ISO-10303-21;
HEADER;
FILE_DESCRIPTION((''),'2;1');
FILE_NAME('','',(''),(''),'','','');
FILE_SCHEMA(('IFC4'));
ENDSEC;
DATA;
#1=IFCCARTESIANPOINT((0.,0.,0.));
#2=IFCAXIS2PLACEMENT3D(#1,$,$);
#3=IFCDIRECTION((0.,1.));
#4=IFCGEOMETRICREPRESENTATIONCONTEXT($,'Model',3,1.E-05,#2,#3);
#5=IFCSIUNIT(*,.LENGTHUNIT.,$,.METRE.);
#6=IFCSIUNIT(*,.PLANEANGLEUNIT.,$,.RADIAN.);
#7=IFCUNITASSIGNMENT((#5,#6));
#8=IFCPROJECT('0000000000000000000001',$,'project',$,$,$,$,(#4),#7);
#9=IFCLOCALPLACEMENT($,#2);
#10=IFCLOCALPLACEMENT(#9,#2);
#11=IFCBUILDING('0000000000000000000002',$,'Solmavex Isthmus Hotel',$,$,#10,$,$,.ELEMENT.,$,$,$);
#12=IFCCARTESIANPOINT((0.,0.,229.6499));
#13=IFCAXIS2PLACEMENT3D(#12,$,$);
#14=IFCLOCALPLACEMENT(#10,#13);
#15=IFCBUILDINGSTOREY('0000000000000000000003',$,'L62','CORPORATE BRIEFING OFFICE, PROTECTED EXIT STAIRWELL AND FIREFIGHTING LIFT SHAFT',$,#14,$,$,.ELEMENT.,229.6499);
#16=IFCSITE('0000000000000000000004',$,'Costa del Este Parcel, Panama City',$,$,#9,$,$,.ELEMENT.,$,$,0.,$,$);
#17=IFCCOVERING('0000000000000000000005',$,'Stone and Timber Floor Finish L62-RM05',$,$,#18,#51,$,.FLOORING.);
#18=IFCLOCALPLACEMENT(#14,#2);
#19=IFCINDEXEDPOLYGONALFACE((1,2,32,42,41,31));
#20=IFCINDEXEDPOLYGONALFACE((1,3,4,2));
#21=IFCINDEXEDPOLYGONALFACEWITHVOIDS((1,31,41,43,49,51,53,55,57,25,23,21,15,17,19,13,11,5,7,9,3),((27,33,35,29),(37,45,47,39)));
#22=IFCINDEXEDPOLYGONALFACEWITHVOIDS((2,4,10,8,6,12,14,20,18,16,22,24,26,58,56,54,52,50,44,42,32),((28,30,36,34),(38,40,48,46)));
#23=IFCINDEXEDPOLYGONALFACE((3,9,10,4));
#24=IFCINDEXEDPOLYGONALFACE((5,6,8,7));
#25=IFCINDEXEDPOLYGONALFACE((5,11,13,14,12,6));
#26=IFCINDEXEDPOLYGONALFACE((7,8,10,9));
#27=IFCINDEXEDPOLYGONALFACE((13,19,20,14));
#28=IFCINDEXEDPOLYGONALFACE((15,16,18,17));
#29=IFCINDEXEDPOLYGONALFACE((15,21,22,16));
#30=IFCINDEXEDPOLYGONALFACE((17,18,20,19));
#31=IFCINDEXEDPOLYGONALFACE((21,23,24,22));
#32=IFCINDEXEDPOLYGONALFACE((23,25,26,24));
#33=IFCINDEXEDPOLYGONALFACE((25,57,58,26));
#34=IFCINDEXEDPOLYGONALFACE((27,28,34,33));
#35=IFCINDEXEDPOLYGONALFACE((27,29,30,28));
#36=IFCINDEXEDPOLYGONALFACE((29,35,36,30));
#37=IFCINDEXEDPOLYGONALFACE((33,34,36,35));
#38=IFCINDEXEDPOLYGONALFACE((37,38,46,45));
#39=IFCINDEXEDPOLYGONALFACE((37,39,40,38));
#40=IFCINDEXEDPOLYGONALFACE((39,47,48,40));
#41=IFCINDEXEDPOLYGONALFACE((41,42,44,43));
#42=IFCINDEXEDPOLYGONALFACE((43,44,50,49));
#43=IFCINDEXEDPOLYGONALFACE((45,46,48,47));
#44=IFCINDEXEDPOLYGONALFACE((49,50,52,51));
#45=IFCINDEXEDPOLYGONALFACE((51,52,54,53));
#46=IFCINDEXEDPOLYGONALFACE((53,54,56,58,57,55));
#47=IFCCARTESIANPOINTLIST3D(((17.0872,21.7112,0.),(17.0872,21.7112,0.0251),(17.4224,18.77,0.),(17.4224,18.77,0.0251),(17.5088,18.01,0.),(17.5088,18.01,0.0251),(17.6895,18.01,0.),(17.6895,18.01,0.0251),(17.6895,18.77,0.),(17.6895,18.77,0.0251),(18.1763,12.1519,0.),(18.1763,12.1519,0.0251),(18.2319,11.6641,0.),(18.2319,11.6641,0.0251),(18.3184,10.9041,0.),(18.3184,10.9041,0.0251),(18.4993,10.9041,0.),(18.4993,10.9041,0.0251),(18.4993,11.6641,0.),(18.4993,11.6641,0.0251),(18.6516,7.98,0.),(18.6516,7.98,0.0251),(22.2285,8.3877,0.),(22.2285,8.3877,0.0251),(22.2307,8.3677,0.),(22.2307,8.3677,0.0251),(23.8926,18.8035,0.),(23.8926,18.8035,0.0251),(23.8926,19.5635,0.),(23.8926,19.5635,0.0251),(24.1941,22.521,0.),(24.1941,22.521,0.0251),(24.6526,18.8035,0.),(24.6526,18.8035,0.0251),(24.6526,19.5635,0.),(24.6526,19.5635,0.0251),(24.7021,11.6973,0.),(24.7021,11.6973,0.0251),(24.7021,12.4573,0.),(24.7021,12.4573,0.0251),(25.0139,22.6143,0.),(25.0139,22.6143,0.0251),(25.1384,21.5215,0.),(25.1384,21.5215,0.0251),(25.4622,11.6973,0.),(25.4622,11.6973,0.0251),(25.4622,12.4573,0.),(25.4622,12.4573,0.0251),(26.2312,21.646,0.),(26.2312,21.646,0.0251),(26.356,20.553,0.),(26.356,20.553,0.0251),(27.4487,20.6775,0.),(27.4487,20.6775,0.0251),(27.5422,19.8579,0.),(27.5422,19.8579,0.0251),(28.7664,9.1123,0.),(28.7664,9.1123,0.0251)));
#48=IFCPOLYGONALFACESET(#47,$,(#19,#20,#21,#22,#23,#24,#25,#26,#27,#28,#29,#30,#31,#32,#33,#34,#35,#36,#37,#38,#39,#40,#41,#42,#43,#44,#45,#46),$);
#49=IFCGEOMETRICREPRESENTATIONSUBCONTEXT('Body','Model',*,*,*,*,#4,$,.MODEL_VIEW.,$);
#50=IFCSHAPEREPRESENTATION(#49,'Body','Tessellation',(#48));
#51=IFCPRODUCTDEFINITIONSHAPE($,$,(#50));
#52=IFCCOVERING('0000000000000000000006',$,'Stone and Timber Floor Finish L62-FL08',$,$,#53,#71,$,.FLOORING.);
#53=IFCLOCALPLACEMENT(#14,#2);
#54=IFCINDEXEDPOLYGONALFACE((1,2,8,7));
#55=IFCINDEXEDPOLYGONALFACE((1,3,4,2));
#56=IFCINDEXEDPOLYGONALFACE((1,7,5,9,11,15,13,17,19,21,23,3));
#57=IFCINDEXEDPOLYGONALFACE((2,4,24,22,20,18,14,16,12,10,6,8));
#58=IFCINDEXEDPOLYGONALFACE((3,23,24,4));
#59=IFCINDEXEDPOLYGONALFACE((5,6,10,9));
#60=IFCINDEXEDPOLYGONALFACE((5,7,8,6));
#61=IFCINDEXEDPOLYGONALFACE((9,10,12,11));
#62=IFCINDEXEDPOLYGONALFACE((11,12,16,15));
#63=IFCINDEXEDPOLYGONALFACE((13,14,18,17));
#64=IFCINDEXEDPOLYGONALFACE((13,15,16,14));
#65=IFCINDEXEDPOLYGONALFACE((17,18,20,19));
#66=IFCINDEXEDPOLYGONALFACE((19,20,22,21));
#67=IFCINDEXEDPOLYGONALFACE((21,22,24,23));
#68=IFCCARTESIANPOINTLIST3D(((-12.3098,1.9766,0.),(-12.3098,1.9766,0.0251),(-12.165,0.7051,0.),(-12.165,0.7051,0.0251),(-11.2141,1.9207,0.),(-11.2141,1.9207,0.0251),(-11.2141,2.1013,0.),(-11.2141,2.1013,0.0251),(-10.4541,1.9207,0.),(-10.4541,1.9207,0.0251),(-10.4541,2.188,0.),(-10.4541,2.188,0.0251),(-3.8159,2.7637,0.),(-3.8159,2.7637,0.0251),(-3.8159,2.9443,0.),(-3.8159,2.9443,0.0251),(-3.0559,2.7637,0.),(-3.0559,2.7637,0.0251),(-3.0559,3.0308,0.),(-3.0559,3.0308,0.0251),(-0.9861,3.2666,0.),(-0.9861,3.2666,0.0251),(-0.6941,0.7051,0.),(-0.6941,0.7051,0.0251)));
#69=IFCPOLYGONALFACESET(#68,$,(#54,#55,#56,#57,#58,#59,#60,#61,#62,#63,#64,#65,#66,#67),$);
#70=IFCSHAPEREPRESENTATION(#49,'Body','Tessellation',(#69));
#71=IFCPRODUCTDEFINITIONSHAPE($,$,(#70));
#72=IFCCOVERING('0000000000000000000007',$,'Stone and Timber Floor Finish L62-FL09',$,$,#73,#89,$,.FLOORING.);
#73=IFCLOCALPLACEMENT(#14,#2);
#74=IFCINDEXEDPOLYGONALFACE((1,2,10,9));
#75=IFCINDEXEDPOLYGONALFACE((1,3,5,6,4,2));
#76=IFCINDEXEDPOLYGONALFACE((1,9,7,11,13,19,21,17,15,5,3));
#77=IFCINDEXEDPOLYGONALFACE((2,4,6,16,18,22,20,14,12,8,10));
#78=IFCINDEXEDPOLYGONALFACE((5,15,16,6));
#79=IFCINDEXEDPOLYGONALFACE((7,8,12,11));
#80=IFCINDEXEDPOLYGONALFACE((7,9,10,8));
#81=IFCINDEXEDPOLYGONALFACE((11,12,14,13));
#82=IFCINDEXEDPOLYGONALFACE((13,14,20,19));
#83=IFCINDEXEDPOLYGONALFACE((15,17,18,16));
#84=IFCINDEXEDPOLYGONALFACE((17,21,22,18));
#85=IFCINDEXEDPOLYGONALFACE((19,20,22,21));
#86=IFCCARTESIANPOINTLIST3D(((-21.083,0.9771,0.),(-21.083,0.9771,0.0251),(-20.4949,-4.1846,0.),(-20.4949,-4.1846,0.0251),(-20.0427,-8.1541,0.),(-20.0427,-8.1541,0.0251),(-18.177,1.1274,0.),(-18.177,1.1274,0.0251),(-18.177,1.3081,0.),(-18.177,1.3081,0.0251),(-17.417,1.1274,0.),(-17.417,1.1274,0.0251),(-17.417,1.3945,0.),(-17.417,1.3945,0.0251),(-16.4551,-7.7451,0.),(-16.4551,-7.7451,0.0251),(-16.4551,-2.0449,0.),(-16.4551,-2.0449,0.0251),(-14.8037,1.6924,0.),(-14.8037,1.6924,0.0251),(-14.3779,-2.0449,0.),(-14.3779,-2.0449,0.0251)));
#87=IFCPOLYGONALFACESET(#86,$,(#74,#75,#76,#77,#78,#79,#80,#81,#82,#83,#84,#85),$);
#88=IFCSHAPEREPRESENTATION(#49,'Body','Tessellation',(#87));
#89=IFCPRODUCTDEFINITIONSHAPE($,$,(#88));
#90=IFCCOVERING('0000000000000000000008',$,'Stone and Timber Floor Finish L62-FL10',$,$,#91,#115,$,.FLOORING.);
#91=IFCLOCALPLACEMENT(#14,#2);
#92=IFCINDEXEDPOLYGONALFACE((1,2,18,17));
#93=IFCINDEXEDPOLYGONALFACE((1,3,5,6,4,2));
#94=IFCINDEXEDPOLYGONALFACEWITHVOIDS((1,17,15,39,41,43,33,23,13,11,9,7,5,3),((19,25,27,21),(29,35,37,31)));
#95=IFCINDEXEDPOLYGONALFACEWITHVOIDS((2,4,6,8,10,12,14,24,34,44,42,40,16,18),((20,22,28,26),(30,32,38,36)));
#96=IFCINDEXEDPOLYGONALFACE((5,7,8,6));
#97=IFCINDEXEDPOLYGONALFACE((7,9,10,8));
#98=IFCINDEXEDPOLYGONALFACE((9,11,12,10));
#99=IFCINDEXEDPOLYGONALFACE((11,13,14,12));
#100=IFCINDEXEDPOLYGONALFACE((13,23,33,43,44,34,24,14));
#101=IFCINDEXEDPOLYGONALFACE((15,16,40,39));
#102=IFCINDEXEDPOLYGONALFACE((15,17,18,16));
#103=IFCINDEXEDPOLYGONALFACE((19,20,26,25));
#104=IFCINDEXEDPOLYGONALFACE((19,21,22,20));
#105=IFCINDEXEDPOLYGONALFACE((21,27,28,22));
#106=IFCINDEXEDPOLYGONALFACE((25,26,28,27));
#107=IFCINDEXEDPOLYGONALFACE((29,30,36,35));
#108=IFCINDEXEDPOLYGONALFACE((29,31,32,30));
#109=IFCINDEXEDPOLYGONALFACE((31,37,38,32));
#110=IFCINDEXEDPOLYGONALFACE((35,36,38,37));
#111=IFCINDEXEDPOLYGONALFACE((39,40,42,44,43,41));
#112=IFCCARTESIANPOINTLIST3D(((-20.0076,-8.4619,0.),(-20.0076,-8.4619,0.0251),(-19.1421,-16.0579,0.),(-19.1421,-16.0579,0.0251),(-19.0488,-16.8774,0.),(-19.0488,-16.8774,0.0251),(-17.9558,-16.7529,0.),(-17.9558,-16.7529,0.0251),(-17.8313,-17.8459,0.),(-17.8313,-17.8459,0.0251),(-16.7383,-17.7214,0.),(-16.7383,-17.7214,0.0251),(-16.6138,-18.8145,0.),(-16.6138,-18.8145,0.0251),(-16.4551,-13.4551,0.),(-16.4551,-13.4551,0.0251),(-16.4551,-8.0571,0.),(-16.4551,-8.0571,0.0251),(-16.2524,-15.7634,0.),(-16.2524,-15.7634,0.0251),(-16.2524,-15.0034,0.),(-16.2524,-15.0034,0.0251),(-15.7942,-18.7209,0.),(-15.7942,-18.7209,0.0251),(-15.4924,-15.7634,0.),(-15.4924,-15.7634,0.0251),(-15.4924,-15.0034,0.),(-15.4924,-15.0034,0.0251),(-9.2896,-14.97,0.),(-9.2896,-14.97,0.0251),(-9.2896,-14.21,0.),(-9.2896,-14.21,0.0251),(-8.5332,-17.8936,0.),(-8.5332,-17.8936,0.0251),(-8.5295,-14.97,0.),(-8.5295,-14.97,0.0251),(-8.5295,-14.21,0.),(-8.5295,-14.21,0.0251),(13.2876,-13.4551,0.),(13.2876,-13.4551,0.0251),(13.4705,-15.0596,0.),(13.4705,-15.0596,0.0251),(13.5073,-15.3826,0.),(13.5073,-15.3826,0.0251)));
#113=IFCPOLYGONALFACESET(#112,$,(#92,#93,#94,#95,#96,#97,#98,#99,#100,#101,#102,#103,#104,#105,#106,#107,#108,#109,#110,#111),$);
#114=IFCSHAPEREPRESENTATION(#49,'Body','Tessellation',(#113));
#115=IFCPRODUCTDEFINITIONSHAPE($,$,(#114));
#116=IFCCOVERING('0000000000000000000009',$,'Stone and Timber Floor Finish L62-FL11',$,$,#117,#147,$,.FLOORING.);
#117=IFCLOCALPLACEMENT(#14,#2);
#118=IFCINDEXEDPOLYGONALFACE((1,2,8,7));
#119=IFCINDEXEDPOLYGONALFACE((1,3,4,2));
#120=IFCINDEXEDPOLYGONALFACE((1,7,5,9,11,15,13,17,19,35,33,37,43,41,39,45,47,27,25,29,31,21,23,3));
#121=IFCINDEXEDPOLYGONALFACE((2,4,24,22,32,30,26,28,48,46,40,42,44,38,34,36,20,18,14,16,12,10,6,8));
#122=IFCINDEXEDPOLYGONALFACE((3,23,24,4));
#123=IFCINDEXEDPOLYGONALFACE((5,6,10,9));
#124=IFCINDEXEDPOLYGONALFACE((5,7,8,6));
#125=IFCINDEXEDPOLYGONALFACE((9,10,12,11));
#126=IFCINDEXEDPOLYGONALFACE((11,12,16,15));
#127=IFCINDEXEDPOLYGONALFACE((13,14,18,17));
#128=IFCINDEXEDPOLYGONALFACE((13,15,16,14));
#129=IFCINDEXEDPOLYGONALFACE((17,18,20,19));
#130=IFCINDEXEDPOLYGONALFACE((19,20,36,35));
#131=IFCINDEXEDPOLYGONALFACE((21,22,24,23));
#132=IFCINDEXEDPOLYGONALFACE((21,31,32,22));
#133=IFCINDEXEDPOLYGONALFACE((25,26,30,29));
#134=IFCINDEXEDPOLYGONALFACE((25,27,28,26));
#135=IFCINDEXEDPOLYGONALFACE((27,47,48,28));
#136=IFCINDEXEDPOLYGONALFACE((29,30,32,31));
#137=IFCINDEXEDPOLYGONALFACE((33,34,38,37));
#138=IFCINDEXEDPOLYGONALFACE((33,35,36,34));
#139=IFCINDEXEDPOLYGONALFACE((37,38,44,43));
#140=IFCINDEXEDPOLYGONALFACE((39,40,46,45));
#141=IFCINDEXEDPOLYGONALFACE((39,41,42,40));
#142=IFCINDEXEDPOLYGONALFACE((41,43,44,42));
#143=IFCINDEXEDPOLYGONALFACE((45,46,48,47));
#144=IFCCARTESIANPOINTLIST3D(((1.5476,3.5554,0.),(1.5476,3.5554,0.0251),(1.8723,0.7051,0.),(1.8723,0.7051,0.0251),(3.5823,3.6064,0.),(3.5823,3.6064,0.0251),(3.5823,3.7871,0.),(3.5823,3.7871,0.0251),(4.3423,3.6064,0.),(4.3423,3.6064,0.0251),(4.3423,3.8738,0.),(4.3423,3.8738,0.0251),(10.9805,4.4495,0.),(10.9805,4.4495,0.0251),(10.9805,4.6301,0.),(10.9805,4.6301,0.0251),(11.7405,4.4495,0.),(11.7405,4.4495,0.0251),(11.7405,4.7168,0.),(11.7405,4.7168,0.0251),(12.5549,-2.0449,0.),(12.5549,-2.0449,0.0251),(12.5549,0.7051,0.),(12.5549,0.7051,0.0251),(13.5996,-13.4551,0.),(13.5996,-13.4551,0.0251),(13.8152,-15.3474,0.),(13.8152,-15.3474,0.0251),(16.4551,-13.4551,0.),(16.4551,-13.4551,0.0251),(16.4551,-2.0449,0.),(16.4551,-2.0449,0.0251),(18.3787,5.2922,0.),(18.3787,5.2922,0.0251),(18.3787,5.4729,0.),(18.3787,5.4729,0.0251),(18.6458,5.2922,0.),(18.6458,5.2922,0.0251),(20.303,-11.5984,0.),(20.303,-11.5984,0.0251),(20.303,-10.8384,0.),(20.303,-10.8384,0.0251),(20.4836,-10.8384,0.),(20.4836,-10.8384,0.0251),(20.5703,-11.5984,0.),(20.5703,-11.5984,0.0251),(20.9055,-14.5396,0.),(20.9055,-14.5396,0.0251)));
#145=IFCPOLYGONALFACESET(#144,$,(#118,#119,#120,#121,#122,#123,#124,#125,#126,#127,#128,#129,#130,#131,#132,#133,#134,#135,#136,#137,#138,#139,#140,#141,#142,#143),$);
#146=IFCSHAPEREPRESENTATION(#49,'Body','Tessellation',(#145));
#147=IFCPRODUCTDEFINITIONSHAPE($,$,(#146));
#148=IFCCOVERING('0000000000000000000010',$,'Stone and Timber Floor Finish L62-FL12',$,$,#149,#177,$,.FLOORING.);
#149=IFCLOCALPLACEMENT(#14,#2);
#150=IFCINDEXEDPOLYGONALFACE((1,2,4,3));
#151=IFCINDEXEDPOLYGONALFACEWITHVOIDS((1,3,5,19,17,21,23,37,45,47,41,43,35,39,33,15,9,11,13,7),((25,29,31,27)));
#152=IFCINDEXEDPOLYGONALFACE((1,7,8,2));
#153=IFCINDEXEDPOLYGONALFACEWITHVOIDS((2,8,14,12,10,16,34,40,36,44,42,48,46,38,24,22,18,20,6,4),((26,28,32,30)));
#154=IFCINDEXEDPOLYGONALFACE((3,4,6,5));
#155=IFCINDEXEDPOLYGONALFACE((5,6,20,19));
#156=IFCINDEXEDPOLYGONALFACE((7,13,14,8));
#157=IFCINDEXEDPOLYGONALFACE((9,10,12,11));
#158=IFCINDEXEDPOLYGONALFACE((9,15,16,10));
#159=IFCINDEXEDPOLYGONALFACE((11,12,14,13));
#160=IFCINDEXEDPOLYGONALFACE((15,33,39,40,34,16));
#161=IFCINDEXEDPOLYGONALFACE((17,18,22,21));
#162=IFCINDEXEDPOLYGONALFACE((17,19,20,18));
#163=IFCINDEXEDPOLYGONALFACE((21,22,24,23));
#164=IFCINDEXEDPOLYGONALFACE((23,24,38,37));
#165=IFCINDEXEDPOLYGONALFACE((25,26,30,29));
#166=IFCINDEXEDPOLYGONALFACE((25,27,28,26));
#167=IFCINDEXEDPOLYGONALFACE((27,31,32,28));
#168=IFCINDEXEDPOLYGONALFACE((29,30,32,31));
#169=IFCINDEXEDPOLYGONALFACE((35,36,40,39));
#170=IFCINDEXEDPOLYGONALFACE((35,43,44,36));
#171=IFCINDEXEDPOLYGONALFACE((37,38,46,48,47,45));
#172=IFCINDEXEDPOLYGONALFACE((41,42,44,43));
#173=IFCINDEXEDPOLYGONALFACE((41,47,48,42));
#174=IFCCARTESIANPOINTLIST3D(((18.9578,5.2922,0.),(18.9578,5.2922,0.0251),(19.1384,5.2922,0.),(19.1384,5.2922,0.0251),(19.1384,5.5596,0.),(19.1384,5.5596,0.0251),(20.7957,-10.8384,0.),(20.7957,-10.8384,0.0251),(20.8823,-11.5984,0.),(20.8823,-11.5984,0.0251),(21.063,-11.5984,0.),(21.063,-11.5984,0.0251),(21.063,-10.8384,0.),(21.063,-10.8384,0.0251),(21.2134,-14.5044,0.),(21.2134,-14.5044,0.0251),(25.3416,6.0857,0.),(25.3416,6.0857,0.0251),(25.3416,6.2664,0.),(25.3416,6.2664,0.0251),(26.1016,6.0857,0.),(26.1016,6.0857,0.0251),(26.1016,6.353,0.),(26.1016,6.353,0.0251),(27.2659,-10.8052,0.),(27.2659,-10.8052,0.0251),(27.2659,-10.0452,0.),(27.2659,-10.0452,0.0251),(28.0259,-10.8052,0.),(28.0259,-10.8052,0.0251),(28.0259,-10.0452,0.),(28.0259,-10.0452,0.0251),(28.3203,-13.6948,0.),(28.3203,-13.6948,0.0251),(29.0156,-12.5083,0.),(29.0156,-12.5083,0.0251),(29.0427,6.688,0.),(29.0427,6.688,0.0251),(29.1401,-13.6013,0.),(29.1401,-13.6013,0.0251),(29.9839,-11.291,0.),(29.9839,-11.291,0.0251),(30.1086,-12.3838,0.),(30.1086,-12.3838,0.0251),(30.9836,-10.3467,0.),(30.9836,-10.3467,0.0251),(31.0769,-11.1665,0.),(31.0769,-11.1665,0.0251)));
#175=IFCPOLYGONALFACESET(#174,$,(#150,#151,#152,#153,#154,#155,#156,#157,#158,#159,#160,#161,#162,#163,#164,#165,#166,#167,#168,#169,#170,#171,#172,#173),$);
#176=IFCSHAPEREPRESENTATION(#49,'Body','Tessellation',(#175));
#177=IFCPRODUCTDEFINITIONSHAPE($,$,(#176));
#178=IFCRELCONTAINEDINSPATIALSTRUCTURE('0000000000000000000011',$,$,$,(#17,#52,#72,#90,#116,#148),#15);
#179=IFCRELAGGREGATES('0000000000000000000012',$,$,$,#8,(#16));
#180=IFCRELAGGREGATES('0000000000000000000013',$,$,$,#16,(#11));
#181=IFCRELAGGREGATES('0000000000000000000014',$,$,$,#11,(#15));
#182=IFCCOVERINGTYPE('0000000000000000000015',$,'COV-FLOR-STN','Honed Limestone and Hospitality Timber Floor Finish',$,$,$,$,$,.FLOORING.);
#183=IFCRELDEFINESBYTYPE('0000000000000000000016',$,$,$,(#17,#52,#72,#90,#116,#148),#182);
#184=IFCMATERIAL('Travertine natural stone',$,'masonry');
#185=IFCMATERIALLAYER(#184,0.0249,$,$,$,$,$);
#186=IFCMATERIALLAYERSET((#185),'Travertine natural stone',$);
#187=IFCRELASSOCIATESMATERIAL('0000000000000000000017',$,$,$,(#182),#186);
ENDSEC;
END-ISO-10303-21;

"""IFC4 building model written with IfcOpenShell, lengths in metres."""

from ifc_helpers import new_model, si_unit, direction, frame, origin, place, context, subcontext, project, spatial, polyline, outline, extrude, material, layer, layer_set, type_object, element, save


model = new_model("IFC4")

# Units and contexts
model_context = context("Model", 3, precision=1e-05, world=origin(), true_north=direction((0.0, 1.0)))
body_context = subcontext(model_context, "Body", "Model", "MODEL_VIEW")
ifc_project = project(units=[si_unit("LENGTHUNIT", "METRE"), si_unit("PLANEANGLEUNIT", "RADIAN")], contexts=[model_context])

# Site, building, storey
site_placement = place(None, origin())
site = spatial("IfcSite", under=ifc_project, at=site_placement, Name="Costa del Este Parcel, Panama City", CompositionType="ELEMENT", RefElevation=0.0)
building_placement = place(site_placement, origin())
building = spatial("IfcBuilding", under=site, at=building_placement, Name="Solmavex Isthmus Hotel", CompositionType="ELEMENT")
storey_placement = place(building_placement, frame((0.0, 0.0, 229.6499)))
storey = spatial("IfcBuildingStorey", under=building, at=storey_placement, Name="L62", Description="CORPORATE BRIEFING OFFICE, PROTECTED EXIT STAIRWELL AND FIREFIGHTING LIFT SHAFT", CompositionType="ELEMENT", Elevation=229.6499)

# Coverings
ifc_material_1 = material(Name="Travertine natural stone", Category="masonry")
ifc_layer_1 = layer(ifc_material_1, 0.0249)
ifc_layer_set_1 = layer_set([ifc_layer_1], Name="Travertine natural stone")
covering_type_1 = type_object("IfcCoveringType", Name="COV-FLOR-STN", Description="Honed Limestone and Hospitality Timber Floor Finish", PredefinedType="FLOORING", material=ifc_layer_set_1)
covering_1_placement = place(storey_placement, origin())
element("IfcCovering", 1, at=covering_1_placement, inside=storey, type_object=covering_type_1, Name="Stone and Timber Floor Finish L62-RM05", PredefinedType="FLOORING", context=body_context, shape_type="SweptSolid", body=[
    extrude(outline(polyline([(18.2319, 11.6641), (18.4993, 11.6641), (18.4993, 10.9041), (18.3184, 10.9041), (18.6516, 7.98), (22.2285, 8.3877), (22.2307, 8.3677), (28.7664, 9.1123), (27.5422, 19.8579), (27.4487, 20.6775), (26.356, 20.553), (26.2312, 21.646), (25.1384, 21.5215), (25.0139, 22.6143), (24.1941, 22.521), (17.0872, 21.7112), (17.4224, 18.77), (17.6895, 18.77), (17.6895, 18.01), (17.5088, 18.01), (18.1763, 12.1519), (18.2319, 11.6641)]), holes=[polyline([(24.7021, 11.6973), (24.7021, 12.4573), (25.4622, 12.4573), (25.4622, 11.6973), (24.7021, 11.6973)]), polyline([(23.8926, 19.5635), (24.6526, 19.5635), (24.6526, 18.8035), (23.8926, 18.8035), (23.8926, 19.5635)])]), origin(), (0.0, 0.0, 1.0), 0.0251),
])
covering_2_placement = place(storey_placement, origin())
element("IfcCovering", 2, at=covering_2_placement, inside=storey, type_object=covering_type_1, Name="Stone and Timber Floor Finish L62-FL08", PredefinedType="FLOORING", context=body_context, shape_type="SweptSolid", body=[
    extrude(outline(polyline([(-10.4541, 2.188), (-10.4541, 1.9207), (-11.2141, 1.9207), (-11.2141, 2.1013), (-12.3098, 1.9766), (-12.165, 0.7051), (-0.6941, 0.7051), (-0.9861, 3.2666), (-3.0559, 3.0308), (-3.0559, 2.7637), (-3.8159, 2.7637), (-3.8159, 2.9443), (-10.4541, 2.188)])), origin(), (0.0, 0.0, 1.0), 0.0251),
])
covering_3_placement = place(storey_placement, origin())
element("IfcCovering", 3, at=covering_3_placement, inside=storey, type_object=covering_type_1, Name="Stone and Timber Floor Finish L62-FL09", PredefinedType="FLOORING", context=body_context, shape_type="SweptSolid", body=[
    extrude(outline(polyline([(-17.417, 1.3945), (-17.417, 1.1274), (-18.177, 1.1274), (-18.177, 1.3081), (-21.083, 0.9771), (-20.4949, -4.1846), (-20.0427, -8.1541), (-16.4551, -7.7451), (-16.4551, -2.0449), (-14.3779, -2.0449), (-14.8037, 1.6924), (-17.417, 1.3945)])), origin(), (0.0, 0.0, 1.0), 0.0251),
])
covering_4_placement = place(storey_placement, origin())
element("IfcCovering", 4, at=covering_4_placement, inside=storey, type_object=covering_type_1, Name="Stone and Timber Floor Finish L62-FL10", PredefinedType="FLOORING", context=body_context, shape_type="SweptSolid", body=[
    extrude(outline(polyline([(-8.5332, -17.8936), (13.5073, -15.3826), (13.4705, -15.0596), (13.2876, -13.4551), (-16.4551, -13.4551), (-16.4551, -8.0571), (-20.0076, -8.4619), (-19.1421, -16.0579), (-19.0488, -16.8774), (-17.9558, -16.7529), (-17.8313, -17.8459), (-16.7383, -17.7214), (-16.6138, -18.8145), (-15.7942, -18.7209), (-8.5332, -17.8936)]), holes=[polyline([(-9.2896, -14.97), (-9.2896, -14.21), (-8.5295, -14.21), (-8.5295, -14.97), (-9.2896, -14.97)]), polyline([(-16.2524, -15.7634), (-16.2524, -15.0034), (-15.4924, -15.0034), (-15.4924, -15.7634), (-16.2524, -15.7634)])]), origin(), (0.0, 0.0, 1.0), 0.0251),
])
covering_5_placement = place(storey_placement, origin())
element("IfcCovering", 5, at=covering_5_placement, inside=storey, type_object=covering_type_1, Name="Stone and Timber Floor Finish L62-FL11", PredefinedType="FLOORING", context=body_context, shape_type="SweptSolid", body=[
    extrude(outline(polyline([(4.3423, 3.8738), (4.3423, 3.6064), (3.5823, 3.6064), (3.5823, 3.7871), (1.5476, 3.5554), (1.8723, 0.7051), (12.5549, 0.7051), (12.5549, -2.0449), (16.4551, -2.0449), (16.4551, -13.4551), (13.5996, -13.4551), (13.8152, -15.3474), (20.9055, -14.5396), (20.5703, -11.5984), (20.303, -11.5984), (20.303, -10.8384), (20.4836, -10.8384), (18.6458, 5.2922), (18.3787, 5.2922), (18.3787, 5.4729), (11.7405, 4.7168), (11.7405, 4.4495), (10.9805, 4.4495), (10.9805, 4.6301), (4.3423, 3.8738)])), origin(), (0.0, 0.0, 1.0), 0.0251),
])
covering_6_placement = place(storey_placement, origin())
element("IfcCovering", 6, at=covering_6_placement, inside=storey, type_object=covering_type_1, Name="Stone and Timber Floor Finish L62-FL12", PredefinedType="FLOORING", context=body_context, shape_type="SweptSolid", body=[
    extrude(outline(polyline([(20.7957, -10.8384), (21.063, -10.8384), (21.063, -11.5984), (20.8823, -11.5984), (21.2134, -14.5044), (28.3203, -13.6948), (29.1401, -13.6013), (29.0156, -12.5083), (30.1086, -12.3838), (29.9839, -11.291), (31.0769, -11.1665), (30.9836, -10.3467), (29.0427, 6.688), (26.1016, 6.353), (26.1016, 6.0857), (25.3416, 6.0857), (25.3416, 6.2664), (19.1384, 5.5596), (19.1384, 5.2922), (18.9578, 5.2922), (20.7957, -10.8384)]), holes=[polyline([(27.2659, -10.8052), (27.2659, -10.0452), (28.0259, -10.0452), (28.0259, -10.8052), (27.2659, -10.8052)])]), origin(), (0.0, 0.0, 1.0), 0.0251),
])

save(model, "model.ifc")
